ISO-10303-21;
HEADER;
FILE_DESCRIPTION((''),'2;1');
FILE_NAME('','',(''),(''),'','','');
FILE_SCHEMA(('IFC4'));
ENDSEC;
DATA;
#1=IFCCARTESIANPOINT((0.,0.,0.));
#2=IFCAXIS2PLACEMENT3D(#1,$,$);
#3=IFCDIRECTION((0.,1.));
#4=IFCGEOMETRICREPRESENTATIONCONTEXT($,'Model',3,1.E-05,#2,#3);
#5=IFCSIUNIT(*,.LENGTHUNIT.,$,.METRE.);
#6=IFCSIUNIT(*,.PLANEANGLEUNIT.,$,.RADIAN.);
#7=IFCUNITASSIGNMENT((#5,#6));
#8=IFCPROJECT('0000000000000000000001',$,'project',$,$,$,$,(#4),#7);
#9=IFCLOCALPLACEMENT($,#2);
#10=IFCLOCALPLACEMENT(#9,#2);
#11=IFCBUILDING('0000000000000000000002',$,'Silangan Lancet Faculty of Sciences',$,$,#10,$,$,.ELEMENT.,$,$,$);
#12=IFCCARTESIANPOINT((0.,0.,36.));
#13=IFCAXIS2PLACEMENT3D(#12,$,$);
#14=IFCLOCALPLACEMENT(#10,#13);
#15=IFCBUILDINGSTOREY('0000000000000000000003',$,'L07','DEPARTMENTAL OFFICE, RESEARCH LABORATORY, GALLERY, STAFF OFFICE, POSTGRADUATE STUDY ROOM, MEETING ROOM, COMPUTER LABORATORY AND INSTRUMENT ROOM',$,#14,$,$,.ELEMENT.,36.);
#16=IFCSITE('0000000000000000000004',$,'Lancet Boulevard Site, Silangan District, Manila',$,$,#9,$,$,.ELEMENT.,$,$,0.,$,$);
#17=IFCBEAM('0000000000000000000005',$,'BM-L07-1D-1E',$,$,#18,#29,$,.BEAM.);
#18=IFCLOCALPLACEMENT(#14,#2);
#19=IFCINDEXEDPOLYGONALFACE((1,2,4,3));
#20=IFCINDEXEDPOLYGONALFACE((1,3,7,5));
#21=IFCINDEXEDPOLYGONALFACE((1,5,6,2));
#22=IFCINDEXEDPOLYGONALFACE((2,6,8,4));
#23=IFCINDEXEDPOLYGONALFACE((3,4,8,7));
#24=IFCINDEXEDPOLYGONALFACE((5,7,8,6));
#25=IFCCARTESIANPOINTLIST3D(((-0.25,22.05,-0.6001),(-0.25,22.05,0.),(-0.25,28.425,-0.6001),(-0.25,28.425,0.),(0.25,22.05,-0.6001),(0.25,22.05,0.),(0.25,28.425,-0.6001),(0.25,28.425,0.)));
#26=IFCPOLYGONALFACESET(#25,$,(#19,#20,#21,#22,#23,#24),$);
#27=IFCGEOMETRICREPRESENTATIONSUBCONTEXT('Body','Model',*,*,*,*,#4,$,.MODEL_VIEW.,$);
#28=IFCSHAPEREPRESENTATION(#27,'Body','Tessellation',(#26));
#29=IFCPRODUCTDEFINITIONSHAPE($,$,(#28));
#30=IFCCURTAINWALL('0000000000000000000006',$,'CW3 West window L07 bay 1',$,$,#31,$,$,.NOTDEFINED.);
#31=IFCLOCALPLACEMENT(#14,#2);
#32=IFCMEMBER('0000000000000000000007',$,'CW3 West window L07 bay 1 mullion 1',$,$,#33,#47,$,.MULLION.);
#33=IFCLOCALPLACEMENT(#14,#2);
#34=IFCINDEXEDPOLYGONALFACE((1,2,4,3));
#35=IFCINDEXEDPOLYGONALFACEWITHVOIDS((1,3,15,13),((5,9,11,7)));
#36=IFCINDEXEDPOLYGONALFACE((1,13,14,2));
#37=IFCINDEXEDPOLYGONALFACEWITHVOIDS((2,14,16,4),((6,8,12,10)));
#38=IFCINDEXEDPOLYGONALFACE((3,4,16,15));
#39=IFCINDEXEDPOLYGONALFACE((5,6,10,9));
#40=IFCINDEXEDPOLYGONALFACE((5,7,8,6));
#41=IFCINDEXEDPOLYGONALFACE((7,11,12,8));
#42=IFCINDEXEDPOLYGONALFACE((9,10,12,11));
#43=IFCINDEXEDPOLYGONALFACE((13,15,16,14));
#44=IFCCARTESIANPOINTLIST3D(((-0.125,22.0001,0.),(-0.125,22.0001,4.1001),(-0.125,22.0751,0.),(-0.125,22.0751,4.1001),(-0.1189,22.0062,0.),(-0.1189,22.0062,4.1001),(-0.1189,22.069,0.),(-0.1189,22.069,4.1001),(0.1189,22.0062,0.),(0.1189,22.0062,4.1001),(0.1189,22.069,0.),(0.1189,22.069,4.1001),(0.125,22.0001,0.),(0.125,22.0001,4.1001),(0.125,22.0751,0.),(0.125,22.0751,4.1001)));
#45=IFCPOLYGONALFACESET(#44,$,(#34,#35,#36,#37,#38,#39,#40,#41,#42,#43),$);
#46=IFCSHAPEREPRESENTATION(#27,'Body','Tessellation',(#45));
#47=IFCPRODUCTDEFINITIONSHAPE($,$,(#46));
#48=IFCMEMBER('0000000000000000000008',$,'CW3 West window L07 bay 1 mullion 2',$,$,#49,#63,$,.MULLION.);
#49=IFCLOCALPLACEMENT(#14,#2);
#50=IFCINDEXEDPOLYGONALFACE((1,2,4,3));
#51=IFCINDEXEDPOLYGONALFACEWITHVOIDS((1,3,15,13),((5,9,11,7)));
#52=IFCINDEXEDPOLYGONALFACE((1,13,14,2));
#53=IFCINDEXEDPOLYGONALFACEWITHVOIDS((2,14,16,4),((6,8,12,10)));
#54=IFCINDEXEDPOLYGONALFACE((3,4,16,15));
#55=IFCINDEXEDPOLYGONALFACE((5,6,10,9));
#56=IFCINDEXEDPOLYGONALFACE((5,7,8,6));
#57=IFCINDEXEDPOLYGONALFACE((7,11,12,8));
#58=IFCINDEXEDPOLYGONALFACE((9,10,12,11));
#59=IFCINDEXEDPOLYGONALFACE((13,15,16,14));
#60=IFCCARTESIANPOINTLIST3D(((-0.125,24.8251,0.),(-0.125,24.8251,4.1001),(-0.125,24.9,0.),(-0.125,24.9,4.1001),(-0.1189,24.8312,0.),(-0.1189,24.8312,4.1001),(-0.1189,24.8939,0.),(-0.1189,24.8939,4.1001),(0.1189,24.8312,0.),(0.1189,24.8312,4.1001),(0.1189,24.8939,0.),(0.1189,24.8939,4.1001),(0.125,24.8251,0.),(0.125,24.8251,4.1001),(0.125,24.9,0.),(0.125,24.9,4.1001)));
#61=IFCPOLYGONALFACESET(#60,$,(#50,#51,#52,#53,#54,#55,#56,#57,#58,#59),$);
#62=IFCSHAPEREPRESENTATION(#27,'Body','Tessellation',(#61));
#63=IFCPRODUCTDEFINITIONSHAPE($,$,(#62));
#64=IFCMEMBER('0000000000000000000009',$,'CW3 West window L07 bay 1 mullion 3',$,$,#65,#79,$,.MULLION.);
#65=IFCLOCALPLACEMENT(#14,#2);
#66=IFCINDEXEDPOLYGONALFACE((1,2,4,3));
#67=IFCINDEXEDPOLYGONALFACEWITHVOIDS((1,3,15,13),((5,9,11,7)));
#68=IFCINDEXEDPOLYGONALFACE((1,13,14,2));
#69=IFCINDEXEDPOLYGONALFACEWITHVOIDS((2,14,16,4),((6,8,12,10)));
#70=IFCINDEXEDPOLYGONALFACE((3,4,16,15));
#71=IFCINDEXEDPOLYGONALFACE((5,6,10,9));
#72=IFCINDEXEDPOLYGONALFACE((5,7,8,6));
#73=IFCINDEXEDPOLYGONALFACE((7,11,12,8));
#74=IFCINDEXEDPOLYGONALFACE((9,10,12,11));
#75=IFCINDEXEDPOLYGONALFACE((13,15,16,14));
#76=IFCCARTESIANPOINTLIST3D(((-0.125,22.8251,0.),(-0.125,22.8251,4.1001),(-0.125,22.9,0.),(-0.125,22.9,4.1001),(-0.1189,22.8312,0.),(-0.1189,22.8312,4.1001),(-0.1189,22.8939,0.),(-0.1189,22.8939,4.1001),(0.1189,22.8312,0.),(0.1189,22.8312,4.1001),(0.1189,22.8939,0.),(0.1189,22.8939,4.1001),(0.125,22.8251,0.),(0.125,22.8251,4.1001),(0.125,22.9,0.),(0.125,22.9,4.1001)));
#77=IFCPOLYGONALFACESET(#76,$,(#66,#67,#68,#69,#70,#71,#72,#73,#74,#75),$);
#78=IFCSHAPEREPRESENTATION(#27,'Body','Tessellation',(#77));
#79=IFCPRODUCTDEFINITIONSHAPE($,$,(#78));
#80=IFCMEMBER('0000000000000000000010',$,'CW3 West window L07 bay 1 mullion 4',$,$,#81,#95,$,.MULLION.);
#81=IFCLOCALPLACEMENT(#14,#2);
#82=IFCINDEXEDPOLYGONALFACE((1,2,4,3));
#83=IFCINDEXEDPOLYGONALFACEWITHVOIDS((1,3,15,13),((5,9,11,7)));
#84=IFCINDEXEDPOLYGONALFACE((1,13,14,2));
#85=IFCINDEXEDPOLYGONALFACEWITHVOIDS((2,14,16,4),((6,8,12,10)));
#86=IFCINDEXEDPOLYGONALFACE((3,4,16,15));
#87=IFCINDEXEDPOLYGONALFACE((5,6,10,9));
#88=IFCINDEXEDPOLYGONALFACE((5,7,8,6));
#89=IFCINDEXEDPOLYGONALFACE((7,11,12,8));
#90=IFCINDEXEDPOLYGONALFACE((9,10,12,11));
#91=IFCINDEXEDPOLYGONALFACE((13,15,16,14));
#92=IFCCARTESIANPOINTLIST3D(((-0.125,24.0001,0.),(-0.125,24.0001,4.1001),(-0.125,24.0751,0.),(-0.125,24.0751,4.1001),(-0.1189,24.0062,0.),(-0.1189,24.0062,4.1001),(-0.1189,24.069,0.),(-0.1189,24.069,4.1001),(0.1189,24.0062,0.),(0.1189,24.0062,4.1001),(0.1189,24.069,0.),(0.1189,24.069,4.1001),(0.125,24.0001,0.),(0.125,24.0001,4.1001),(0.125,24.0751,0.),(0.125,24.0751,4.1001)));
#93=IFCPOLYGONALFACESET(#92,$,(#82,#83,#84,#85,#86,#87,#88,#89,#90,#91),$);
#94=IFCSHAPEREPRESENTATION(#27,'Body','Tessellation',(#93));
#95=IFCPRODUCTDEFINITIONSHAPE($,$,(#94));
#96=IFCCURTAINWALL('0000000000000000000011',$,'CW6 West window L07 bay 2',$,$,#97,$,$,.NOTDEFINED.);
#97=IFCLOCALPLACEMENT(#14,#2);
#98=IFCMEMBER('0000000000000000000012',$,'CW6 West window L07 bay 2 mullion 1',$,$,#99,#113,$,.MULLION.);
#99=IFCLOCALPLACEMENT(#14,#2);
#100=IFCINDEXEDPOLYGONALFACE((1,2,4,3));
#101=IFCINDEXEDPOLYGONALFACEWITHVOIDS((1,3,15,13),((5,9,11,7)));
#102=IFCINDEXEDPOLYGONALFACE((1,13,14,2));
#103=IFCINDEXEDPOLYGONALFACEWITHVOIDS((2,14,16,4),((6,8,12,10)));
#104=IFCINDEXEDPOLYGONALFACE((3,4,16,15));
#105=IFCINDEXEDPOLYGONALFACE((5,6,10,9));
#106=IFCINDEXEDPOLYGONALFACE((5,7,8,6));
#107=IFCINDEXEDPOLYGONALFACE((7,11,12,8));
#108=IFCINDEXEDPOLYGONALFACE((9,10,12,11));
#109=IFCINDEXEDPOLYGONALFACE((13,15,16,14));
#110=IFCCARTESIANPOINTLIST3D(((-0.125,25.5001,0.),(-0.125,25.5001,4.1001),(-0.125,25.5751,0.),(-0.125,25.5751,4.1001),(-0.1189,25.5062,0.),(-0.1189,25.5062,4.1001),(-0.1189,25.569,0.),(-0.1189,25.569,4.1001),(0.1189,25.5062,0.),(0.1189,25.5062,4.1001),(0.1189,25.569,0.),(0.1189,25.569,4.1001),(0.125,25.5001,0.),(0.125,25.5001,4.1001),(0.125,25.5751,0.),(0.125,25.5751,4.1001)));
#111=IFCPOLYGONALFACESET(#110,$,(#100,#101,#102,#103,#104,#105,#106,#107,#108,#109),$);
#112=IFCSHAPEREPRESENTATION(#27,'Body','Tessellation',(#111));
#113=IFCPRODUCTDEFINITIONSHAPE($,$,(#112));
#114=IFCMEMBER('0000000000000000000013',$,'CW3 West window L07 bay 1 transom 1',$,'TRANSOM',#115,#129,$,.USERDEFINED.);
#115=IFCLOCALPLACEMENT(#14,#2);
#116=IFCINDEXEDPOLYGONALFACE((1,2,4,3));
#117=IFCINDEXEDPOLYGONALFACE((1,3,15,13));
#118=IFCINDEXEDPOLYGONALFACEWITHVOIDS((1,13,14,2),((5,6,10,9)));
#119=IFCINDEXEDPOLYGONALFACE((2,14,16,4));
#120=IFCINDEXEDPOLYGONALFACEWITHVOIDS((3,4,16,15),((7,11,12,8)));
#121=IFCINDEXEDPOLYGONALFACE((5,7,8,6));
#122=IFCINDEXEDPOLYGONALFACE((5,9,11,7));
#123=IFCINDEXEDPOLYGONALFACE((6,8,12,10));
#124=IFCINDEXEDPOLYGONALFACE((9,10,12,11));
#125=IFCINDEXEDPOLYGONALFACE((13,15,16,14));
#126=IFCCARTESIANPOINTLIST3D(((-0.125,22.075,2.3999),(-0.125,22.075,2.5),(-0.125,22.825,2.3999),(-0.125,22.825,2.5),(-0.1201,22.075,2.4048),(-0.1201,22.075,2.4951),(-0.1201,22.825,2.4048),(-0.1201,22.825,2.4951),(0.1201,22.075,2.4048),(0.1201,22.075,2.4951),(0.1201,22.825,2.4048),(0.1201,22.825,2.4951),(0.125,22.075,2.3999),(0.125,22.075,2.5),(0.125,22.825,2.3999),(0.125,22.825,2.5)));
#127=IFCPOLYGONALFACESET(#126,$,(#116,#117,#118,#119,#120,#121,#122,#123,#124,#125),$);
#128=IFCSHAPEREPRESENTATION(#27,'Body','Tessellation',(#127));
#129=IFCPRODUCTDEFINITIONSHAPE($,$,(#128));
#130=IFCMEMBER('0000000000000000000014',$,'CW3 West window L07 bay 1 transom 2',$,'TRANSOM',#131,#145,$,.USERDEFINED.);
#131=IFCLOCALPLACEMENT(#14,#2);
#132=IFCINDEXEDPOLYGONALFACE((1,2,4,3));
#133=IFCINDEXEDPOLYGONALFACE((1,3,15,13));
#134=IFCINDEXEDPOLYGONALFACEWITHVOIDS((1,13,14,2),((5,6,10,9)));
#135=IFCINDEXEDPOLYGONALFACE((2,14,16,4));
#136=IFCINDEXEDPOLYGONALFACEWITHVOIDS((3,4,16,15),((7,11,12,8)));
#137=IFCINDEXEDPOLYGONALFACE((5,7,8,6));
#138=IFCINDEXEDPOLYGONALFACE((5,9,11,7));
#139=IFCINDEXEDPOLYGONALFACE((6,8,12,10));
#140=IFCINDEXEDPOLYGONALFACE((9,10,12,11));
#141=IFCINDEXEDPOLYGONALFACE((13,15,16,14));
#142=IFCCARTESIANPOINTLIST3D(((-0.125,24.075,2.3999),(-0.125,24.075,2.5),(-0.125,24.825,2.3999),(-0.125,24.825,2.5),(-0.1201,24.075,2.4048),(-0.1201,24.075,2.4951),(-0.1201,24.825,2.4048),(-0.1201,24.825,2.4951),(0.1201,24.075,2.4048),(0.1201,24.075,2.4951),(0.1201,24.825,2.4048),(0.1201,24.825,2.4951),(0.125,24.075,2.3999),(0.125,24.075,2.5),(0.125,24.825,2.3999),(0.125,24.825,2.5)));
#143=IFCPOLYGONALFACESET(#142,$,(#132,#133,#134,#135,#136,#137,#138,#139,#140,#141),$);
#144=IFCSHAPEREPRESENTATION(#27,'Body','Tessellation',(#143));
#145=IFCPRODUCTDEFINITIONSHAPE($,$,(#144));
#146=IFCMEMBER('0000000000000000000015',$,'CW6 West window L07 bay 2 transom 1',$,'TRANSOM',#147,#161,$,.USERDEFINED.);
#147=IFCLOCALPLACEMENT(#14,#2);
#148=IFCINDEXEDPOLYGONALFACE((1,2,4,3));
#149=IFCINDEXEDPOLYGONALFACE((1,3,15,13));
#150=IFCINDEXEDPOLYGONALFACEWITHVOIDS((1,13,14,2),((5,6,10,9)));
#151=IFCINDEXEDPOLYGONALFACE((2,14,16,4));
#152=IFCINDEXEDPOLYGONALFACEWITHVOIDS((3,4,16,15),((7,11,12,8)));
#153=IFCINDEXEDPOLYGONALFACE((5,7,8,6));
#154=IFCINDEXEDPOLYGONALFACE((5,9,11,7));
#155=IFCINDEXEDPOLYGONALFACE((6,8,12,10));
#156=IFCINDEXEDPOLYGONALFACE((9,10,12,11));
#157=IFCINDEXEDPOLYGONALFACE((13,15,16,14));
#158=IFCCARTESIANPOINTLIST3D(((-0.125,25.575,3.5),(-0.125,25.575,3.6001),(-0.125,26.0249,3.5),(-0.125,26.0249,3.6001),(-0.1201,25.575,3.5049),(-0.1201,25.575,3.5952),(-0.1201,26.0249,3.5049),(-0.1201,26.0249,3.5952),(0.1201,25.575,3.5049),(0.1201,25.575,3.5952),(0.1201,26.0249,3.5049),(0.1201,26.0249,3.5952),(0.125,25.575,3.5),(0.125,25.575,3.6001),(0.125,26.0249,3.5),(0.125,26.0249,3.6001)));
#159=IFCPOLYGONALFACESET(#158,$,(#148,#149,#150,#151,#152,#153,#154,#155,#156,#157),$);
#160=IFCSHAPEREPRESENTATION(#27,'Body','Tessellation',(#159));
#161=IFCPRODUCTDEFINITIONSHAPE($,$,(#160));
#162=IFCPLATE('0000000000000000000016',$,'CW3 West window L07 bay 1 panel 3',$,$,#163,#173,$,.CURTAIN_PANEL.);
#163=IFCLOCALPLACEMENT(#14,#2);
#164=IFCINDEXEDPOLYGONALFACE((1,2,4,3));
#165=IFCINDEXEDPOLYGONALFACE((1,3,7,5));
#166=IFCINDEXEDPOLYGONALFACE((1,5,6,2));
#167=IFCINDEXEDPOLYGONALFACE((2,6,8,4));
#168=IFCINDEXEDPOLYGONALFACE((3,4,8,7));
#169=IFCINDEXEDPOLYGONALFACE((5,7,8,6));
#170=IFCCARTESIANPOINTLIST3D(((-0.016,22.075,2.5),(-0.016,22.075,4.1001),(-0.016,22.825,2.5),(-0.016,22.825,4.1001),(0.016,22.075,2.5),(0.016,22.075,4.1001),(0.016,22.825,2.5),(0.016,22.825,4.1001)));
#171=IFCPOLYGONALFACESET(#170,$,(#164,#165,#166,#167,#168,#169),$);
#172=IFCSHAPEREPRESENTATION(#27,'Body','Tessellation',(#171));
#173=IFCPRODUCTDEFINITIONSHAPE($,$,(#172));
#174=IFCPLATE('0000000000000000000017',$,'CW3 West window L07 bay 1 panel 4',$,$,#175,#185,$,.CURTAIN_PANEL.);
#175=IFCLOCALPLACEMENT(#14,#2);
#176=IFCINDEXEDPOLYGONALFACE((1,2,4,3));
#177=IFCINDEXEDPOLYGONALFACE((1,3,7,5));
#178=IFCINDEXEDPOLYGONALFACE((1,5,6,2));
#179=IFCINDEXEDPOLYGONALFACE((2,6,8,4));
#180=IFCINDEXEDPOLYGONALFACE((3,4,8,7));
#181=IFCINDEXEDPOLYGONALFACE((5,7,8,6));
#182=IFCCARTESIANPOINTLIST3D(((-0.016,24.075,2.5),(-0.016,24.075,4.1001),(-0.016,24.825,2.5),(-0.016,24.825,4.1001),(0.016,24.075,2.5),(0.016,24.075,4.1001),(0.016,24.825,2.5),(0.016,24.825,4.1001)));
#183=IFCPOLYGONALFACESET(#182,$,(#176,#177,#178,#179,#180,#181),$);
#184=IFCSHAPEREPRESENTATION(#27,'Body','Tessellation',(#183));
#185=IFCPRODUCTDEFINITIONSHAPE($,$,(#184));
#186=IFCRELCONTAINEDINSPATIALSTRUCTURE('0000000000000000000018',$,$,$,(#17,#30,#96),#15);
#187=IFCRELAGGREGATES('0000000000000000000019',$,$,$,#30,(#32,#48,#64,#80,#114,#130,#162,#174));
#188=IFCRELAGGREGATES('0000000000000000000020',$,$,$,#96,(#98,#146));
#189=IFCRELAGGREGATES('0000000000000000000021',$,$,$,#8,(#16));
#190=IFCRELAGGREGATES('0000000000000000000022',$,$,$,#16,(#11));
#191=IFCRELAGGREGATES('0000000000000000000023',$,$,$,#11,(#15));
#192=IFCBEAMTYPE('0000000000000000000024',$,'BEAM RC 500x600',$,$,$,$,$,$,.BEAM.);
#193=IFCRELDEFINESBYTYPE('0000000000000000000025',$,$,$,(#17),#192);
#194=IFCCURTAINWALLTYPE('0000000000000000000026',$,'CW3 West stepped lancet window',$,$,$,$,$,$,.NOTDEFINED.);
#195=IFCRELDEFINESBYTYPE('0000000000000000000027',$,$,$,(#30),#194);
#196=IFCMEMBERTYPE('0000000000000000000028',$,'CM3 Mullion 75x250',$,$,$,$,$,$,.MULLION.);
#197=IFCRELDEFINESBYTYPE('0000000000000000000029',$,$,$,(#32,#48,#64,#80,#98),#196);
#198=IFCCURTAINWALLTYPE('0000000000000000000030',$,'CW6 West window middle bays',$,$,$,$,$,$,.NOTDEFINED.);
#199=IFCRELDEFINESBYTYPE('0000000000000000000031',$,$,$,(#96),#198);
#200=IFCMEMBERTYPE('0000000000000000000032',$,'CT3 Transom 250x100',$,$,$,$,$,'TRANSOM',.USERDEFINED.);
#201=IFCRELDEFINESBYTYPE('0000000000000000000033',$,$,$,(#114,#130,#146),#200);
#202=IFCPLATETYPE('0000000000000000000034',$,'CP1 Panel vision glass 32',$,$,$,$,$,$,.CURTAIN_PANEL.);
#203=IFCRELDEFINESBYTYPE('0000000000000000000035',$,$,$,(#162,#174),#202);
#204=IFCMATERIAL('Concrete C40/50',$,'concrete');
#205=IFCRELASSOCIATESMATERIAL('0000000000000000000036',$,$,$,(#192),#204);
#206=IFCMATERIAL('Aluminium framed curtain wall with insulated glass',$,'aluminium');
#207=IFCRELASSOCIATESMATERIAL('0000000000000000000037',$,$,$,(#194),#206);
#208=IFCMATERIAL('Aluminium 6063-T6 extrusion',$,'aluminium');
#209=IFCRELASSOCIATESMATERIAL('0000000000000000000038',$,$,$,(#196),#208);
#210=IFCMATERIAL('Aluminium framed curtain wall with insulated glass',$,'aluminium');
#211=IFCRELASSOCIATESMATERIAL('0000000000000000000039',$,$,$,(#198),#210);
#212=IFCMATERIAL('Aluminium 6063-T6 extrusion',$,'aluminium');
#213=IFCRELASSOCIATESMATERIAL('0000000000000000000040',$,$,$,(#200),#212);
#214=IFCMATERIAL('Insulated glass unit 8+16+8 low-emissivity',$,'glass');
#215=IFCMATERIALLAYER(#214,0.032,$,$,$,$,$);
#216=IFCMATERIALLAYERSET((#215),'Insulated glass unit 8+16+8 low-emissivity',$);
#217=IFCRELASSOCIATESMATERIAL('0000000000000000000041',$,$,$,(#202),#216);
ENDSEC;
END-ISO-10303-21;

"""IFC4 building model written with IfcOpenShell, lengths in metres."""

from ifc_helpers import new_model, si_unit, direction, frame, origin, origin_2d, place, context, subcontext, project, spatial, rectangle, hollow_rectangle, extrude, material, layer, layer_set, material_profile, profile_set, type_object, element, aggregate, save


model = new_model("IFC4")

# Units and contexts
model_context = context("Model", 3, precision=1e-05, world=origin(), true_north=direction((0.0, 1.0)))
body_context = subcontext(model_context, "Body", "Model", "MODEL_VIEW")
ifc_project = project(units=[si_unit("LENGTHUNIT", "METRE"), si_unit("PLANEANGLEUNIT", "RADIAN")], contexts=[model_context])

# Site, building, storey
site_placement = place(None, origin())
site = spatial("IfcSite", under=ifc_project, at=site_placement, Name="Lancet Boulevard Site, Silangan District, Manila", CompositionType="ELEMENT", RefElevation=0.0)
building_placement = place(site_placement, origin())
building = spatial("IfcBuilding", under=site, at=building_placement, Name="Silangan Lancet Faculty of Sciences", CompositionType="ELEMENT")
storey_placement = place(building_placement, frame((0.0, 0.0, 36.0)))
storey = spatial("IfcBuildingStorey", under=building, at=storey_placement, Name="L07", Description="DEPARTMENTAL OFFICE, RESEARCH LABORATORY, GALLERY, STAFF OFFICE, POSTGRADUATE STUDY ROOM, MEETING ROOM, COMPUTER LABORATORY AND INSTRUMENT ROOM", CompositionType="ELEMENT", Elevation=36.0)

# Beam
ifc_material_1 = material(Name="Concrete C40/50", Category="concrete")
ifc_material_profile_1 = material_profile(ifc_material_1, rectangle(XDim=0.5, YDim=0.6001, at=origin_2d()), Name="RC 500x600")
ifc_profile_set_1 = profile_set([ifc_material_profile_1], Name="Concrete C40/50")
beam_type = type_object("IfcBeamType", Name="BEAM RC 500x600", PredefinedType="BEAM", material=ifc_profile_set_1)
beam_placement = place(storey_placement, frame((0.0, 22.05, -0.3), z_axis=(0.0, 1.0, 0.0), x_axis=(-1.0, 0.0, 0.0)))
element("IfcBeam", 1, at=beam_placement, inside=storey, type_object=beam_type, Name="BM-L07-1D-1E", PredefinedType="BEAM", context=body_context, shape_type="SweptSolid", body=[
    extrude(rectangle(XDim=0.5, YDim=0.6001, at=origin_2d()), origin(), (0.0, 0.0, 1.0), 6.375),
])

# Curtain wall, members
ifc_material_2 = material(Name="Aluminium framed curtain wall with insulated glass", Category="aluminium")
curtain_wall_type_1 = type_object("IfcCurtainWallType", Name="CW3 West stepped lancet window", PredefinedType="NOTDEFINED", material=ifc_material_2)
curtain_wall_1_placement = place(storey_placement, origin())
curtain_wall_1 = element("IfcCurtainWall", 2, at=curtain_wall_1_placement, inside=storey, type_object=curtain_wall_type_1, Name="CW3 West window L07 bay 1", PredefinedType="NOTDEFINED")
ifc_material_3 = material(Name="Aluminium 6063-T6 extrusion", Category="aluminium")
ifc_material_profile_2 = material_profile(ifc_material_3, hollow_rectangle(XDim=0.075, YDim=0.25, WallThickness=0.0061, at=origin_2d()), Name="AL BOX 75x250x6")
ifc_profile_set_2 = profile_set([ifc_material_profile_2], Name="Aluminium 6063-T6 extrusion")
member_type_1 = type_object("IfcMemberType", Name="CM3 Mullion 75x250", PredefinedType="MULLION", material=ifc_profile_set_2)
member_1_placement = place(storey_placement, frame((0.0, 22.0376, 0.0), z_axis=(0.0, 0.0, 1.0), x_axis=(0.0, 1.0, 0.0)))
member_1 = element("IfcMember", 3, at=member_1_placement, type_object=member_type_1, Name="CW3 West window L07 bay 1 mullion 1", PredefinedType="MULLION", context=body_context, shape_type="SweptSolid", body=[
    extrude(hollow_rectangle(XDim=0.075, YDim=0.25, WallThickness=0.0061, at=origin_2d()), origin(), (0.0, 0.0, 1.0), 4.1001),
])
member_2_placement = place(storey_placement, frame((0.0, 24.8625, 0.0), z_axis=(0.0, 0.0, 1.0), x_axis=(0.0, 1.0, 0.0)))
member_2 = element("IfcMember", 4, at=member_2_placement, type_object=member_type_1, Name="CW3 West window L07 bay 1 mullion 2", PredefinedType="MULLION", context=body_context, shape_type="SweptSolid", body=[
    extrude(hollow_rectangle(XDim=0.075, YDim=0.25, WallThickness=0.0061, at=origin_2d()), origin(), (0.0, 0.0, 1.0), 4.1001),
])
member_3_placement = place(storey_placement, frame((0.0, 22.8625, 0.0), z_axis=(0.0, 0.0, 1.0), x_axis=(0.0, 1.0, 0.0)))
member_3 = element("IfcMember", 5, at=member_3_placement, type_object=member_type_1, Name="CW3 West window L07 bay 1 mullion 3", PredefinedType="MULLION", context=body_context, shape_type="SweptSolid", body=[
    extrude(hollow_rectangle(XDim=0.075, YDim=0.25, WallThickness=0.0061, at=origin_2d()), origin(), (0.0, 0.0, 1.0), 4.1001),
])
member_4_placement = place(storey_placement, frame((0.0, 24.0376, 0.0), z_axis=(0.0, 0.0, 1.0), x_axis=(0.0, 1.0, 0.0)))
member_4 = element("IfcMember", 6, at=member_4_placement, type_object=member_type_1, Name="CW3 West window L07 bay 1 mullion 4", PredefinedType="MULLION", context=body_context, shape_type="SweptSolid", body=[
    extrude(hollow_rectangle(XDim=0.075, YDim=0.25, WallThickness=0.0061, at=origin_2d()), origin(), (0.0, 0.0, 1.0), 4.1001),
])

# Curtain wall, member
ifc_material_4 = material(Name="Aluminium framed curtain wall with insulated glass", Category="aluminium")
curtain_wall_type_2 = type_object("IfcCurtainWallType", Name="CW6 West window middle bays", PredefinedType="NOTDEFINED", material=ifc_material_4)
curtain_wall_2_placement = place(storey_placement, origin())
curtain_wall_2 = element("IfcCurtainWall", 7, at=curtain_wall_2_placement, inside=storey, type_object=curtain_wall_type_2, Name="CW6 West window L07 bay 2", PredefinedType="NOTDEFINED")
member_5_placement = place(storey_placement, frame((0.0, 25.5376, 0.0), z_axis=(0.0, 0.0, 1.0), x_axis=(0.0, 1.0, 0.0)))
member_5 = element("IfcMember", 8, at=member_5_placement, type_object=member_type_1, Name="CW6 West window L07 bay 2 mullion 1", PredefinedType="MULLION", context=body_context, shape_type="SweptSolid", body=[
    extrude(hollow_rectangle(XDim=0.075, YDim=0.25, WallThickness=0.0061, at=origin_2d()), origin(), (0.0, 0.0, 1.0), 4.1001),
])

# Members
ifc_material_5 = material(Name="Aluminium 6063-T6 extrusion", Category="aluminium")
ifc_material_profile_3 = material_profile(ifc_material_5, hollow_rectangle(XDim=0.25, YDim=0.1001, WallThickness=0.0049, at=origin_2d()), Name="AL BOX 250x100x5")
ifc_profile_set_3 = profile_set([ifc_material_profile_3], Name="Aluminium 6063-T6 extrusion")
member_type_2 = type_object("IfcMemberType", Name="CT3 Transom 250x100", ElementType="TRANSOM", PredefinedType="USERDEFINED", material=ifc_profile_set_3)
member_6_placement = place(storey_placement, frame((0.0, 22.075, 2.45), z_axis=(0.0, 1.0, 0.0), x_axis=(-1.0, 0.0, 0.0)))
member_6 = element("IfcMember", 9, at=member_6_placement, type_object=member_type_2, Name="CW3 West window L07 bay 1 transom 1", ObjectType="TRANSOM", PredefinedType="USERDEFINED", context=body_context, shape_type="SweptSolid", body=[
    extrude(hollow_rectangle(XDim=0.25, YDim=0.1001, WallThickness=0.0049, at=origin_2d()), origin(), (0.0, 0.0, 1.0), 0.75),
])
member_7_placement = place(storey_placement, frame((0.0, 24.075, 2.45), z_axis=(0.0, 1.0, 0.0), x_axis=(-1.0, 0.0, 0.0)))
member_7 = element("IfcMember", 10, at=member_7_placement, type_object=member_type_2, Name="CW3 West window L07 bay 1 transom 2", ObjectType="TRANSOM", PredefinedType="USERDEFINED", context=body_context, shape_type="SweptSolid", body=[
    extrude(hollow_rectangle(XDim=0.25, YDim=0.1001, WallThickness=0.0049, at=origin_2d()), origin(), (0.0, 0.0, 1.0), 0.75),
])
member_8_placement = place(storey_placement, frame((0.0, 25.575, 3.55), z_axis=(0.0, 1.0, 0.0), x_axis=(-1.0, 0.0, 0.0)))
member_8 = element("IfcMember", 11, at=member_8_placement, type_object=member_type_2, Name="CW6 West window L07 bay 2 transom 1", ObjectType="TRANSOM", PredefinedType="USERDEFINED", context=body_context, shape_type="SweptSolid", body=[
    extrude(hollow_rectangle(XDim=0.25, YDim=0.1001, WallThickness=0.0049, at=origin_2d()), origin(), (0.0, 0.0, 1.0), 0.45),
])

# Plates
ifc_material_6 = material(Name="Insulated glass unit 8+16+8 low-emissivity", Category="glass")
ifc_layer_1 = layer(ifc_material_6, 0.032)
ifc_layer_set_1 = layer_set([ifc_layer_1], Name="Insulated glass unit 8+16+8 low-emissivity")
plate_type_1 = type_object("IfcPlateType", Name="CP1 Panel vision glass 32", PredefinedType="CURTAIN_PANEL", material=ifc_layer_set_1)
plate_1_placement = place(storey_placement, frame((0.0, 22.45, 2.5), z_axis=(0.0, 0.0, 1.0), x_axis=(0.0, 1.0, 0.0)))
plate_1 = element("IfcPlate", 12, at=plate_1_placement, type_object=plate_type_1, Name="CW3 West window L07 bay 1 panel 3", PredefinedType="CURTAIN_PANEL", context=body_context, shape_type="SweptSolid", body=[
    extrude(rectangle(XDim=0.75, YDim=0.032, at=origin_2d()), origin(), (0.0, 0.0, 1.0), 1.6001),
])
plate_2_placement = place(storey_placement, frame((0.0, 24.45, 2.5), z_axis=(0.0, 0.0, 1.0), x_axis=(0.0, 1.0, 0.0)))
plate_2 = element("IfcPlate", 13, at=plate_2_placement, type_object=plate_type_1, Name="CW3 West window L07 bay 1 panel 4", PredefinedType="CURTAIN_PANEL", context=body_context, shape_type="SweptSolid", body=[
    extrude(rectangle(XDim=0.75, YDim=0.032, at=origin_2d()), origin(), (0.0, 0.0, 1.0), 1.6001),
])
aggregate(curtain_wall_1, [member_1, member_2, member_3, member_4, member_6, member_7, plate_1, plate_2])
aggregate(curtain_wall_2, [member_5, member_8])

save(model, "model.ifc")
